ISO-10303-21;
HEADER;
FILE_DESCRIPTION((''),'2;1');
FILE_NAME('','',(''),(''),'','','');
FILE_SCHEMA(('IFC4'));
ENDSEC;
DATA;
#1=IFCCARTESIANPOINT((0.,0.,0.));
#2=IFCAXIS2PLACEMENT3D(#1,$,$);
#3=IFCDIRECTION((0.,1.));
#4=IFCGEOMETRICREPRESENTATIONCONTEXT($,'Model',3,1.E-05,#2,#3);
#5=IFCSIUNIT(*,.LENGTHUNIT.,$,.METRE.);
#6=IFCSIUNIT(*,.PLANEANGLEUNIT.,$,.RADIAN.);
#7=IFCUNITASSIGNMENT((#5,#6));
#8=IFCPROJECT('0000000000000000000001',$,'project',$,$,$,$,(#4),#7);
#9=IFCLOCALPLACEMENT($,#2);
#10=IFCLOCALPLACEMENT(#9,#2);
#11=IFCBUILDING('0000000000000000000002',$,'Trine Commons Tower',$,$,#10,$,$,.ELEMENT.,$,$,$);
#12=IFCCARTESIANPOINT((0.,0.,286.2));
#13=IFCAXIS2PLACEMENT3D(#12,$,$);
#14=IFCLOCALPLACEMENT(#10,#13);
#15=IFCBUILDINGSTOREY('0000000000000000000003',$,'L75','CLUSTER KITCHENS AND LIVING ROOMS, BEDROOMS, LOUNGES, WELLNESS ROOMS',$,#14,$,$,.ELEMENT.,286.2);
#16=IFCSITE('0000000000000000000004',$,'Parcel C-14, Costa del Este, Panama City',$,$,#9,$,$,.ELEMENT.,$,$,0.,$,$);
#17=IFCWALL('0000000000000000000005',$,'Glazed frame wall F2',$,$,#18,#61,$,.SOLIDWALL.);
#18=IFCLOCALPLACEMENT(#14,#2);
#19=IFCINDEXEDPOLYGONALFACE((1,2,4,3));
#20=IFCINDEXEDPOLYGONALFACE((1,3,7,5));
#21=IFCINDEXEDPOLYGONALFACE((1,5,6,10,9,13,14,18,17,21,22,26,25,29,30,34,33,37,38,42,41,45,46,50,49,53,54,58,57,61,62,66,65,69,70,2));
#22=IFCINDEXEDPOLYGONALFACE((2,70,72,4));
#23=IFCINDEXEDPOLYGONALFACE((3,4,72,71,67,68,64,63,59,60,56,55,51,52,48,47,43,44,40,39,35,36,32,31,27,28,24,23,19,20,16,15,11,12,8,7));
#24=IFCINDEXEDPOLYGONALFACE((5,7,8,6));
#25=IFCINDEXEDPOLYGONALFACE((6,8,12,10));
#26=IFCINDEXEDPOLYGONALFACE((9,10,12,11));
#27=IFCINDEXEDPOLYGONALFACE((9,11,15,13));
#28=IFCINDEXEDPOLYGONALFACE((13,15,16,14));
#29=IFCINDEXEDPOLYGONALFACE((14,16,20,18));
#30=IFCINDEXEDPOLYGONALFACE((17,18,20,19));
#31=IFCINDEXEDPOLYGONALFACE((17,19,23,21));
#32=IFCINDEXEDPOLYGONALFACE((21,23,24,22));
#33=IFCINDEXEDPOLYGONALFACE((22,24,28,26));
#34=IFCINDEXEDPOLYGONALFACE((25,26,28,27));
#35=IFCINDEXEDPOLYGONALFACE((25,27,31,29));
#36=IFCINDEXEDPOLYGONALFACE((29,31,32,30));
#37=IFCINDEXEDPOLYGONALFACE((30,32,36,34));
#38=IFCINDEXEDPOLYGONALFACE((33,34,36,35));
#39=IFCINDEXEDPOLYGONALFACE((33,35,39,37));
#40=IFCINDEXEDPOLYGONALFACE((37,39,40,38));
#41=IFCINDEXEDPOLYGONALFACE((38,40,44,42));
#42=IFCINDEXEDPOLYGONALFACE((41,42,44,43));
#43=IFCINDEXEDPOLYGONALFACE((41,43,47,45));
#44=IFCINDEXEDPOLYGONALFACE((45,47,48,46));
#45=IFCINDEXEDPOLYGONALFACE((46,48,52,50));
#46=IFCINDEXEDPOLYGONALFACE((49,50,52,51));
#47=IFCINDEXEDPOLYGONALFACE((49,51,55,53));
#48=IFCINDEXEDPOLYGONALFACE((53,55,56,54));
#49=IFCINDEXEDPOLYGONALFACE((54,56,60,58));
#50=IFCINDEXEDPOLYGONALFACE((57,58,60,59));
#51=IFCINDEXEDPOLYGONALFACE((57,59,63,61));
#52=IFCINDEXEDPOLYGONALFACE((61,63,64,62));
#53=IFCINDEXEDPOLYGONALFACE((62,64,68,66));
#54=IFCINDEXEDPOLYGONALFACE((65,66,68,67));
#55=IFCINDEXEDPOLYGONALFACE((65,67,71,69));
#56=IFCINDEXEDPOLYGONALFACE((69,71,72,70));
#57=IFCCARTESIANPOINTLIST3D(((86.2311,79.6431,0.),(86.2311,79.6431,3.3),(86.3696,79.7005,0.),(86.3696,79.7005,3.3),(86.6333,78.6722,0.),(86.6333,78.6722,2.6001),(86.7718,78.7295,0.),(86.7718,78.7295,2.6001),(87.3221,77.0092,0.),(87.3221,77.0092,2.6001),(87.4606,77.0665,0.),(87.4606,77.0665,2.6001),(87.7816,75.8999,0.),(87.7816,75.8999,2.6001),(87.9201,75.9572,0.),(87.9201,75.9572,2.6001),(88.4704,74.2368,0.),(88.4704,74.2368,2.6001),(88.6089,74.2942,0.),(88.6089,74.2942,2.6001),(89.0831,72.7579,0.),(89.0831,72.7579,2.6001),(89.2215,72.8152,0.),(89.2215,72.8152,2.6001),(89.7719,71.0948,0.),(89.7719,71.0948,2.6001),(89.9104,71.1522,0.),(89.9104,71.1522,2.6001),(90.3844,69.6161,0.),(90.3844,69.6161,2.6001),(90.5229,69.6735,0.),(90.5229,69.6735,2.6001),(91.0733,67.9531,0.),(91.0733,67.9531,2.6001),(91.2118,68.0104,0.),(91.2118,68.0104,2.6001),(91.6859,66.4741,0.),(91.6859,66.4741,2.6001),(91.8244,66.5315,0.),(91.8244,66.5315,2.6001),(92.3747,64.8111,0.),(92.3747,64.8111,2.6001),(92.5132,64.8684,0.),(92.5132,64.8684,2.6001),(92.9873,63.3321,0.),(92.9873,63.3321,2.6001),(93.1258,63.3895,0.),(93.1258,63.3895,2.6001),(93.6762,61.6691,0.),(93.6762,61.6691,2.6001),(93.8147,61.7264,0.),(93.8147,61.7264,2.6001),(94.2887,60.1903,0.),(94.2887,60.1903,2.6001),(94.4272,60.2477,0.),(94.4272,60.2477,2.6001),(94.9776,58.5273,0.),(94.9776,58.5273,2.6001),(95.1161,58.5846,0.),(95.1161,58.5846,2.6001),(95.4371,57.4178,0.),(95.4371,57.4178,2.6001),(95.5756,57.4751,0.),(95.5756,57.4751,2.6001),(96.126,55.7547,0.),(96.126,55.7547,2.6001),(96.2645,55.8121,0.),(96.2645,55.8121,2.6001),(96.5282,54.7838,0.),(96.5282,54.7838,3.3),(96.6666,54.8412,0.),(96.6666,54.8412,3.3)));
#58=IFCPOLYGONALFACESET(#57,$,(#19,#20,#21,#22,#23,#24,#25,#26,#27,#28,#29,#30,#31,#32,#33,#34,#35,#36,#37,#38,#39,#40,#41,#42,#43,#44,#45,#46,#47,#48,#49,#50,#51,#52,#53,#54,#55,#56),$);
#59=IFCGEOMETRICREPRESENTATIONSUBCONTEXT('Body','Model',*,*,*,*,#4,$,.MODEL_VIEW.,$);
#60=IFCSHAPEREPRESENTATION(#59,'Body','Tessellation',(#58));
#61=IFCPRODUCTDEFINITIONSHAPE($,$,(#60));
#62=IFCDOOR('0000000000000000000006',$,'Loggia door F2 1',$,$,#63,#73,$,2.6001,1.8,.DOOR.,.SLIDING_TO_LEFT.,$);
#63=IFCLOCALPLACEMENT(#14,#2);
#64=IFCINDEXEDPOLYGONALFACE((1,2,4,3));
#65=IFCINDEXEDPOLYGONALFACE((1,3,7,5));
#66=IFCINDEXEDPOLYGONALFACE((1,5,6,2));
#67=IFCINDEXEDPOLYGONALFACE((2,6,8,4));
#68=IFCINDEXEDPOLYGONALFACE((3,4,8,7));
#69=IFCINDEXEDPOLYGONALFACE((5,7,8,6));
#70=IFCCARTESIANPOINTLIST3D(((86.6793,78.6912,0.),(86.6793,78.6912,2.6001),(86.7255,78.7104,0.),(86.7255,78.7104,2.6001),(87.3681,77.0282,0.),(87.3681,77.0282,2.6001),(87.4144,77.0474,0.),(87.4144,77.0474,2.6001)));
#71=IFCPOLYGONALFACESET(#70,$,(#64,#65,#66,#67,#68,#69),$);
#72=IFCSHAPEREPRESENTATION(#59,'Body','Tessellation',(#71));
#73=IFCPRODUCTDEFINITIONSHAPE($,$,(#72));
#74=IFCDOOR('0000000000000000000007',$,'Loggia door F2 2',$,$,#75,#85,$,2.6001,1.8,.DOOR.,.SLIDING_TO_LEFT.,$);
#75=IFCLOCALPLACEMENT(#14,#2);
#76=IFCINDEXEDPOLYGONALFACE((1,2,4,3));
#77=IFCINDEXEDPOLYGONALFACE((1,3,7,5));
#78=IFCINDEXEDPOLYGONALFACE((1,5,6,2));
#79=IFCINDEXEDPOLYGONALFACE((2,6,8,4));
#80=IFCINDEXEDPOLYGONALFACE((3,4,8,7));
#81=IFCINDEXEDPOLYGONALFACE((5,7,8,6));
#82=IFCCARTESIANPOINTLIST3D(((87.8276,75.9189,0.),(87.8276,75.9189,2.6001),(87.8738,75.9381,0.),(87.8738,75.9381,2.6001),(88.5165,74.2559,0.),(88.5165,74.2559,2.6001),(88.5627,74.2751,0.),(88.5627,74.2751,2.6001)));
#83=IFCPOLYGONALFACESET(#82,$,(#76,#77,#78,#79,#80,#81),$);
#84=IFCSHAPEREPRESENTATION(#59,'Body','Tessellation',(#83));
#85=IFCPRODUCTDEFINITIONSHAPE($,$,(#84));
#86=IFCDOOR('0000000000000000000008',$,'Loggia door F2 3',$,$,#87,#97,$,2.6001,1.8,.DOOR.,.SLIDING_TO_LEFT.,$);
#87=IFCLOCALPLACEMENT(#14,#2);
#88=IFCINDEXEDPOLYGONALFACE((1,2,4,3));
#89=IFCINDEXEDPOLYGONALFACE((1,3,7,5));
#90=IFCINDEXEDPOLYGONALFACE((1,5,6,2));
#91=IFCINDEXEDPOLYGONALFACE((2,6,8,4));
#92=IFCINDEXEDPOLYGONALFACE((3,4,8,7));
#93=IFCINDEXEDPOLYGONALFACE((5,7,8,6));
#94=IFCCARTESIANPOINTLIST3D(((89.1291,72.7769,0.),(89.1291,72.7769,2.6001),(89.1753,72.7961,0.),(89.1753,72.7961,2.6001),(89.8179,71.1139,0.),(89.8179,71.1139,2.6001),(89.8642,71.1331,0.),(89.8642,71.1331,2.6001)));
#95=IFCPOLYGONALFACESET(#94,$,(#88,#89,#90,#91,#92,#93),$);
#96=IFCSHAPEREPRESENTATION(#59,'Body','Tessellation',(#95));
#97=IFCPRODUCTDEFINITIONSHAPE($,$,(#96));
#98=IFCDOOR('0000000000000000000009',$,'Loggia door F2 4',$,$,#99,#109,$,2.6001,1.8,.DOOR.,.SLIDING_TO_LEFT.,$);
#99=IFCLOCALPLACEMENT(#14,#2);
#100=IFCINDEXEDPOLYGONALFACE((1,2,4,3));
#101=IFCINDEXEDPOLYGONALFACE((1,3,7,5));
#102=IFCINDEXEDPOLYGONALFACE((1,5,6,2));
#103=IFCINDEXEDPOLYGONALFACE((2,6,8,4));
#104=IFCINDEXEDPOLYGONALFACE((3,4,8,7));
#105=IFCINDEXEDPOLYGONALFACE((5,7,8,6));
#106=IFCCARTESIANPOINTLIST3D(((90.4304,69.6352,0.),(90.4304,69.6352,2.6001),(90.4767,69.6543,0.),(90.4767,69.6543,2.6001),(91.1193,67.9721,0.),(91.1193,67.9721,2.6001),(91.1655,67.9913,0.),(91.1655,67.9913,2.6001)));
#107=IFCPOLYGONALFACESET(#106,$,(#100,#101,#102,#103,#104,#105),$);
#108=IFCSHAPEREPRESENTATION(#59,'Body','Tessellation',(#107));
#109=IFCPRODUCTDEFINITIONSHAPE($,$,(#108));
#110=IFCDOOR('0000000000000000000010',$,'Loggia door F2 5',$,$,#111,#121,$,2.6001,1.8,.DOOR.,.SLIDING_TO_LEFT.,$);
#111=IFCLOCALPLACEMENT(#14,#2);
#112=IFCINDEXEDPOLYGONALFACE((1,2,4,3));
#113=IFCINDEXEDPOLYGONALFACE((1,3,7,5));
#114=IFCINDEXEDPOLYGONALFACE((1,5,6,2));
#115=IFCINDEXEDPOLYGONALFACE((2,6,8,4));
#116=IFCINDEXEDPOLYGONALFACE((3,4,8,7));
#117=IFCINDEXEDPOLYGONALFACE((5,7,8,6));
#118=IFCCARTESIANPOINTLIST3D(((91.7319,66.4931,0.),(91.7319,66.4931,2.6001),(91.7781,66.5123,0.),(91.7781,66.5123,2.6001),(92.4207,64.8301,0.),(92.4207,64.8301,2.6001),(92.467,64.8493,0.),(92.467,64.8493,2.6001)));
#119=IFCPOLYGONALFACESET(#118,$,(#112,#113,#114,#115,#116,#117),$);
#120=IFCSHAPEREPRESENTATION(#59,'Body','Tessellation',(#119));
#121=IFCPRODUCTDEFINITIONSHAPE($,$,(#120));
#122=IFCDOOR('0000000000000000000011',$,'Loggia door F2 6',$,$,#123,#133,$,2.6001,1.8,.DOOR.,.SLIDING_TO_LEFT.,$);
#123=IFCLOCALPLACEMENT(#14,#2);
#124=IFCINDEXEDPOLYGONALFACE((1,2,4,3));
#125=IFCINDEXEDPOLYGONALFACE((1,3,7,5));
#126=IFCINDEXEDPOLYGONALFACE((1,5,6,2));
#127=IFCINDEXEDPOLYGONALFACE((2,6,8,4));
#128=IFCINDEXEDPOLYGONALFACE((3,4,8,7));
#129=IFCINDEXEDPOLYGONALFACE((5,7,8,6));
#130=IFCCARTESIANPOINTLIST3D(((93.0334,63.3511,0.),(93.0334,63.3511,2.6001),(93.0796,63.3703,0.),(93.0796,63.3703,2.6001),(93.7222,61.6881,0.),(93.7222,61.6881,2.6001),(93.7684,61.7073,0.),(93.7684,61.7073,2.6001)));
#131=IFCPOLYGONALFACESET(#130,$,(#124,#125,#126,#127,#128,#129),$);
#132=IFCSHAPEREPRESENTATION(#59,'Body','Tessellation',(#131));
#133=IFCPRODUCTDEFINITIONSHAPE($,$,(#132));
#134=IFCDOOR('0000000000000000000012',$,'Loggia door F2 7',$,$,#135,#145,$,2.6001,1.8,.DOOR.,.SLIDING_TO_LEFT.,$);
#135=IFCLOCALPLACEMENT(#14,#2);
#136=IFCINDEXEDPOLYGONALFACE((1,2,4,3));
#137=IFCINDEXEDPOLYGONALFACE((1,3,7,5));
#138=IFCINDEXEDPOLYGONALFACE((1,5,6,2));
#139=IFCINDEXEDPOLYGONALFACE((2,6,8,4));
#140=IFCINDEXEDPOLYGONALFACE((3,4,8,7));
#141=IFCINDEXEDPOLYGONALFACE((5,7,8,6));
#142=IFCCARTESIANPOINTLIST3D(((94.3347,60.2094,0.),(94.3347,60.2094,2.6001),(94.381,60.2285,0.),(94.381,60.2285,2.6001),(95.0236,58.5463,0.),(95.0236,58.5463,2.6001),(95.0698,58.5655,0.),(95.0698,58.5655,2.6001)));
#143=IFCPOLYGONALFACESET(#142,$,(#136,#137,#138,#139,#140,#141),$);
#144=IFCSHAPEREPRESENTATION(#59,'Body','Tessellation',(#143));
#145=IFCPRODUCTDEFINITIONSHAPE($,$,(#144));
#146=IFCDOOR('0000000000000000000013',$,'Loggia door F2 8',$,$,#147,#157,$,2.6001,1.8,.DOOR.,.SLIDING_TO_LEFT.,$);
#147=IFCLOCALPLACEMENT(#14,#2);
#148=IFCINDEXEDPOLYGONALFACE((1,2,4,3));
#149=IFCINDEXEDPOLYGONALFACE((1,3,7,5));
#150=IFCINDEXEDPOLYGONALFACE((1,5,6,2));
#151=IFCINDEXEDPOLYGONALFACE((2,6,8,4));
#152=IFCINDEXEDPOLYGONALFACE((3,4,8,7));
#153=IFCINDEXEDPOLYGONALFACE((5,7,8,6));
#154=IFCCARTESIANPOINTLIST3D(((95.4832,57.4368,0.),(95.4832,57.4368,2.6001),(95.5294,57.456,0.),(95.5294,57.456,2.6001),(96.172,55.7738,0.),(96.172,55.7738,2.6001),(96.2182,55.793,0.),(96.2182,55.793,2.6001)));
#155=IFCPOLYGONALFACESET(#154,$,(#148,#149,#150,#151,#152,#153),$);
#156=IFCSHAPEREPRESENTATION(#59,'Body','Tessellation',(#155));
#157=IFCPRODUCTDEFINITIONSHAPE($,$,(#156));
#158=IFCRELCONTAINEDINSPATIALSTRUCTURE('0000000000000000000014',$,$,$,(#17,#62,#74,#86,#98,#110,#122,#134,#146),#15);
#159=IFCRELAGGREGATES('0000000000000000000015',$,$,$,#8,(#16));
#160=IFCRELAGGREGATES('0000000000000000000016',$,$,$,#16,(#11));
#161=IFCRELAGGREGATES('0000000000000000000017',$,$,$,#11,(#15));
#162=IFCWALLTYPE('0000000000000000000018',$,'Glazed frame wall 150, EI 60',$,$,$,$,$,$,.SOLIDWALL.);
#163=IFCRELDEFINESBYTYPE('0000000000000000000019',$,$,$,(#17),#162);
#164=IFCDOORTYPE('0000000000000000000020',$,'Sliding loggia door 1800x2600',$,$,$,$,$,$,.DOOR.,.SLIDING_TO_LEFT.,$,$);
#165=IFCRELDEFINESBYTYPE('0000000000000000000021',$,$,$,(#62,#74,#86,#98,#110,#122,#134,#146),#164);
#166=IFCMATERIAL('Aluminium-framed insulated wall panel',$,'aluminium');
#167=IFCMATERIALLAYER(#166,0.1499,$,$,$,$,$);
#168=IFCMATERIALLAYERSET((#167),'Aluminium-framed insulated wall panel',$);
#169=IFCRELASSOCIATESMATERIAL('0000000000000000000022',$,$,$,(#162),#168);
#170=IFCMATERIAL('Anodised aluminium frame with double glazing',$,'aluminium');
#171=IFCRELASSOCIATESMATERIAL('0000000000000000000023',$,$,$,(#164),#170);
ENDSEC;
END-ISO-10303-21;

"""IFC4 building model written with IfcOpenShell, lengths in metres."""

from ifc_helpers import new_model, si_unit, direction, frame, frame_2d, origin, place, context, subcontext, project, spatial, polyline, rectangle, outline, extrude, material, layer, layer_set, type_object, element, fill, save


model = new_model("IFC4")

# Units and contexts
model_context = context("Model", 3, precision=1e-05, world=origin(), true_north=direction((0.0, 1.0)))
body_context = subcontext(model_context, "Body", "Model", "MODEL_VIEW")
ifc_project = project(units=[si_unit("LENGTHUNIT", "METRE"), si_unit("PLANEANGLEUNIT", "RADIAN")], contexts=[model_context])

# Site, building, storey
site_placement = place(None, origin())
site = spatial("IfcSite", under=ifc_project, at=site_placement, Name="Parcel C-14, Costa del Este, Panama City", CompositionType="ELEMENT", RefElevation=0.0)
building_placement = place(site_placement, origin())
building = spatial("IfcBuilding", under=site, at=building_placement, Name="Trine Commons Tower", CompositionType="ELEMENT")
storey_placement = place(building_placement, frame((0.0, 0.0, 286.2)))
storey = spatial("IfcBuildingStorey", under=building, at=storey_placement, Name="L75", Description="CLUSTER KITCHENS AND LIVING ROOMS, BEDROOMS, LOUNGES, WELLNESS ROOMS", CompositionType="ELEMENT", Elevation=286.2)

# Shared definitions
ifc_material_1 = material(Name="Aluminium-framed insulated wall panel", Category="aluminium")
ifc_layer_1 = layer(ifc_material_1, 0.1499)
ifc_layer_set_1 = layer_set([ifc_layer_1], Name="Aluminium-framed insulated wall panel")
wall_type_1 = type_object("IfcWallType", Name="Glazed frame wall 150, EI 60", PredefinedType="SOLIDWALL", material=ifc_layer_set_1)
ifc_material_2 = material(Name="Anodised aluminium frame with double glazing", Category="aluminium")
door_type = type_object("IfcDoorType", Name="Sliding loggia door 1800x2600", OperationType="SLIDING_TO_LEFT", PredefinedType="DOOR", material=ifc_material_2)

# Wall, openings, doors
wall_1_placement = place(storey_placement, frame((86.2432, 79.8098, 0.0), z_axis=(0.0, 0.0, 1.0), x_axis=(0.382684, -0.923879, 0.0)))
wall_1 = element("IfcWall", 1, at=wall_1_placement, inside=storey, type_object=wall_type_1, Name="Glazed frame wall F2", PredefinedType="SOLIDWALL", context=body_context, shape_type="SweptSolid", body=[
    extrude(outline(polyline([(0.1494, 0.075), (0.1494, -0.075), (27.0569, -0.075), (27.0569, 0.075), (0.1494, 0.075)])), origin(), (0.0, 0.0, 1.0), 3.3),
])
opening_1_placement = place(wall_1_placement, frame((1.2004, 0.0, 0.0)))
opening_1 = element("IfcOpeningElement", 2, at=opening_1_placement, cuts=wall_1, PredefinedType="OPENING", context=body_context, shape_type="SweptSolid", body=[
    extrude(rectangle(XDim=1.8, YDim=2.6001, at=frame_2d((0.8999, 1.3))), frame((0.0, 0.085, 0.0), z_axis=(0.0, -1.0, 0.0), x_axis=(1.0, 0.0, 0.0)), (0.0, 0.0, 1.0), 0.1699),
])
opening_2_placement = place(wall_1_placement, frame((4.2012, 0.0, 0.0)))
opening_2 = element("IfcOpeningElement", 3, at=opening_2_placement, cuts=wall_1, PredefinedType="OPENING", context=body_context, shape_type="SweptSolid", body=[
    extrude(rectangle(XDim=1.8, YDim=2.6001, at=frame_2d((0.8999, 1.3))), frame((0.0, 0.085, 0.0), z_axis=(0.0, -1.0, 0.0), x_axis=(1.0, 0.0, 0.0)), (0.0, 0.0, 1.0), 0.1699),
])
opening_3_placement = place(wall_1_placement, frame((7.6021, 0.0, 0.0)))
opening_3 = element("IfcOpeningElement", 4, at=opening_3_placement, cuts=wall_1, PredefinedType="OPENING", context=body_context, shape_type="SweptSolid", body=[
    extrude(rectangle(XDim=1.8, YDim=2.6001, at=frame_2d((0.8999, 1.3))), frame((0.0, 0.085, 0.0), z_axis=(0.0, -1.0, 0.0), x_axis=(1.0, 0.0, 0.0)), (0.0, 0.0, 1.0), 0.1699),
])
opening_4_placement = place(wall_1_placement, frame((11.0027, 0.0, 0.0)))
opening_4 = element("IfcOpeningElement", 5, at=opening_4_placement, cuts=wall_1, PredefinedType="OPENING", context=body_context, shape_type="SweptSolid", body=[
    extrude(rectangle(XDim=1.8, YDim=2.6001, at=frame_2d((0.8999, 1.3))), frame((0.0, 0.085, 0.0), z_axis=(0.0, -1.0, 0.0), x_axis=(1.0, 0.0, 0.0)), (0.0, 0.0, 1.0), 0.1699),
])
opening_5_placement = place(wall_1_placement, frame((14.4036, 0.0, 0.0)))
opening_5 = element("IfcOpeningElement", 6, at=opening_5_placement, cuts=wall_1, PredefinedType="OPENING", context=body_context, shape_type="SweptSolid", body=[
    extrude(rectangle(XDim=1.8, YDim=2.6001, at=frame_2d((0.8999, 1.3))), frame((0.0, 0.085, 0.0), z_axis=(0.0, -1.0, 0.0), x_axis=(1.0, 0.0, 0.0)), (0.0, 0.0, 1.0), 0.1699),
])
opening_6_placement = place(wall_1_placement, frame((17.8044, 0.0, 0.0)))
opening_6 = element("IfcOpeningElement", 7, at=opening_6_placement, cuts=wall_1, PredefinedType="OPENING", context=body_context, shape_type="SweptSolid", body=[
    extrude(rectangle(XDim=1.8, YDim=2.6001, at=frame_2d((0.8999, 1.3))), frame((0.0, 0.085, 0.0), z_axis=(0.0, -1.0, 0.0), x_axis=(1.0, 0.0, 0.0)), (0.0, 0.0, 1.0), 0.1699),
])
opening_7_placement = place(wall_1_placement, frame((21.2051, 0.0, 0.0)))
opening_7 = element("IfcOpeningElement", 8, at=opening_7_placement, cuts=wall_1, PredefinedType="OPENING", context=body_context, shape_type="SweptSolid", body=[
    extrude(rectangle(XDim=1.8, YDim=2.6001, at=frame_2d((0.8999, 1.3))), frame((0.0, 0.085, 0.0), z_axis=(0.0, -1.0, 0.0), x_axis=(1.0, 0.0, 0.0)), (0.0, 0.0, 1.0), 0.1699),
])
opening_8_placement = place(wall_1_placement, frame((24.2061, 0.0, 0.0)))
opening_8 = element("IfcOpeningElement", 9, at=opening_8_placement, cuts=wall_1, PredefinedType="OPENING", context=body_context, shape_type="SweptSolid", body=[
    extrude(rectangle(XDim=1.8, YDim=2.6001, at=frame_2d((0.8999, 1.3))), frame((0.0, 0.085, 0.0), z_axis=(0.0, -1.0, 0.0), x_axis=(1.0, 0.0, 0.0)), (0.0, 0.0, 1.0), 0.1699),
])
door_1_placement = place(opening_1_placement, origin())
door_1 = element("IfcDoor", 10, at=door_1_placement, inside=storey, type_object=door_type, Name="Loggia door F2 1", OperationType="SLIDING_TO_LEFT", OverallHeight=2.6001, OverallWidth=1.8, PredefinedType="DOOR", context=body_context, shape_type="SweptSolid", body=[
    extrude(rectangle(XDim=1.8, YDim=2.6001, at=frame_2d((0.8999, 1.3))), frame((0.0, 0.0249, 0.0), z_axis=(0.0, -1.0, 0.0), x_axis=(1.0, 0.0, 0.0)), (0.0, 0.0, 1.0), 0.05),
])
fill(opening_1, door_1)
door_2_placement = place(opening_2_placement, origin())
door_2 = element("IfcDoor", 11, at=door_2_placement, inside=storey, type_object=door_type, Name="Loggia door F2 2", OperationType="SLIDING_TO_LEFT", OverallHeight=2.6001, OverallWidth=1.8, PredefinedType="DOOR", context=body_context, shape_type="SweptSolid", body=[
    extrude(rectangle(XDim=1.8, YDim=2.6001, at=frame_2d((0.8999, 1.3))), frame((0.0, 0.0249, 0.0), z_axis=(0.0, -1.0, 0.0), x_axis=(1.0, 0.0, 0.0)), (0.0, 0.0, 1.0), 0.05),
])
fill(opening_2, door_2)
door_3_placement = place(opening_3_placement, origin())
door_3 = element("IfcDoor", 12, at=door_3_placement, inside=storey, type_object=door_type, Name="Loggia door F2 3", OperationType="SLIDING_TO_LEFT", OverallHeight=2.6001, OverallWidth=1.8, PredefinedType="DOOR", context=body_context, shape_type="SweptSolid", body=[
    extrude(rectangle(XDim=1.8, YDim=2.6001, at=frame_2d((0.8999, 1.3))), frame((0.0, 0.0249, 0.0), z_axis=(0.0, -1.0, 0.0), x_axis=(1.0, 0.0, 0.0)), (0.0, 0.0, 1.0), 0.05),
])
fill(opening_3, door_3)
door_4_placement = place(opening_4_placement, origin())
door_4 = element("IfcDoor", 13, at=door_4_placement, inside=storey, type_object=door_type, Name="Loggia door F2 4", OperationType="SLIDING_TO_LEFT", OverallHeight=2.6001, OverallWidth=1.8, PredefinedType="DOOR", context=body_context, shape_type="SweptSolid", body=[
    extrude(rectangle(XDim=1.8, YDim=2.6001, at=frame_2d((0.8999, 1.3))), frame((0.0, 0.0249, 0.0), z_axis=(0.0, -1.0, 0.0), x_axis=(1.0, 0.0, 0.0)), (0.0, 0.0, 1.0), 0.05),
])
fill(opening_4, door_4)
door_5_placement = place(opening_5_placement, origin())
door_5 = element("IfcDoor", 14, at=door_5_placement, inside=storey, type_object=door_type, Name="Loggia door F2 5", OperationType="SLIDING_TO_LEFT", OverallHeight=2.6001, OverallWidth=1.8, PredefinedType="DOOR", context=body_context, shape_type="SweptSolid", body=[
    extrude(rectangle(XDim=1.8, YDim=2.6001, at=frame_2d((0.8999, 1.3))), frame((0.0, 0.0249, 0.0), z_axis=(0.0, -1.0, 0.0), x_axis=(1.0, 0.0, 0.0)), (0.0, 0.0, 1.0), 0.05),
])
fill(opening_5, door_5)
door_6_placement = place(opening_6_placement, origin())
door_6 = element("IfcDoor", 15, at=door_6_placement, inside=storey, type_object=door_type, Name="Loggia door F2 6", OperationType="SLIDING_TO_LEFT", OverallHeight=2.6001, OverallWidth=1.8, PredefinedType="DOOR", context=body_context, shape_type="SweptSolid", body=[
    extrude(rectangle(XDim=1.8, YDim=2.6001, at=frame_2d((0.8999, 1.3))), frame((0.0, 0.0249, 0.0), z_axis=(0.0, -1.0, 0.0), x_axis=(1.0, 0.0, 0.0)), (0.0, 0.0, 1.0), 0.05),
])
fill(opening_6, door_6)
door_7_placement = place(opening_7_placement, origin())
door_7 = element("IfcDoor", 16, at=door_7_placement, inside=storey, type_object=door_type, Name="Loggia door F2 7", OperationType="SLIDING_TO_LEFT", OverallHeight=2.6001, OverallWidth=1.8, PredefinedType="DOOR", context=body_context, shape_type="SweptSolid", body=[
    extrude(rectangle(XDim=1.8, YDim=2.6001, at=frame_2d((0.8999, 1.3))), frame((0.0, 0.0249, 0.0), z_axis=(0.0, -1.0, 0.0), x_axis=(1.0, 0.0, 0.0)), (0.0, 0.0, 1.0), 0.05),
])
fill(opening_7, door_7)
door_8_placement = place(opening_8_placement, origin())
door_8 = element("IfcDoor", 17, at=door_8_placement, inside=storey, type_object=door_type, Name="Loggia door F2 8", OperationType="SLIDING_TO_LEFT", OverallHeight=2.6001, OverallWidth=1.8, PredefinedType="DOOR", context=body_context, shape_type="SweptSolid", body=[
    extrude(rectangle(XDim=1.8, YDim=2.6001, at=frame_2d((0.8999, 1.3))), frame((0.0, 0.0249, 0.0), z_axis=(0.0, -1.0, 0.0), x_axis=(1.0, 0.0, 0.0)), (0.0, 0.0, 1.0), 0.05),
])
fill(opening_8, door_8)

save(model, "model.ifc")
